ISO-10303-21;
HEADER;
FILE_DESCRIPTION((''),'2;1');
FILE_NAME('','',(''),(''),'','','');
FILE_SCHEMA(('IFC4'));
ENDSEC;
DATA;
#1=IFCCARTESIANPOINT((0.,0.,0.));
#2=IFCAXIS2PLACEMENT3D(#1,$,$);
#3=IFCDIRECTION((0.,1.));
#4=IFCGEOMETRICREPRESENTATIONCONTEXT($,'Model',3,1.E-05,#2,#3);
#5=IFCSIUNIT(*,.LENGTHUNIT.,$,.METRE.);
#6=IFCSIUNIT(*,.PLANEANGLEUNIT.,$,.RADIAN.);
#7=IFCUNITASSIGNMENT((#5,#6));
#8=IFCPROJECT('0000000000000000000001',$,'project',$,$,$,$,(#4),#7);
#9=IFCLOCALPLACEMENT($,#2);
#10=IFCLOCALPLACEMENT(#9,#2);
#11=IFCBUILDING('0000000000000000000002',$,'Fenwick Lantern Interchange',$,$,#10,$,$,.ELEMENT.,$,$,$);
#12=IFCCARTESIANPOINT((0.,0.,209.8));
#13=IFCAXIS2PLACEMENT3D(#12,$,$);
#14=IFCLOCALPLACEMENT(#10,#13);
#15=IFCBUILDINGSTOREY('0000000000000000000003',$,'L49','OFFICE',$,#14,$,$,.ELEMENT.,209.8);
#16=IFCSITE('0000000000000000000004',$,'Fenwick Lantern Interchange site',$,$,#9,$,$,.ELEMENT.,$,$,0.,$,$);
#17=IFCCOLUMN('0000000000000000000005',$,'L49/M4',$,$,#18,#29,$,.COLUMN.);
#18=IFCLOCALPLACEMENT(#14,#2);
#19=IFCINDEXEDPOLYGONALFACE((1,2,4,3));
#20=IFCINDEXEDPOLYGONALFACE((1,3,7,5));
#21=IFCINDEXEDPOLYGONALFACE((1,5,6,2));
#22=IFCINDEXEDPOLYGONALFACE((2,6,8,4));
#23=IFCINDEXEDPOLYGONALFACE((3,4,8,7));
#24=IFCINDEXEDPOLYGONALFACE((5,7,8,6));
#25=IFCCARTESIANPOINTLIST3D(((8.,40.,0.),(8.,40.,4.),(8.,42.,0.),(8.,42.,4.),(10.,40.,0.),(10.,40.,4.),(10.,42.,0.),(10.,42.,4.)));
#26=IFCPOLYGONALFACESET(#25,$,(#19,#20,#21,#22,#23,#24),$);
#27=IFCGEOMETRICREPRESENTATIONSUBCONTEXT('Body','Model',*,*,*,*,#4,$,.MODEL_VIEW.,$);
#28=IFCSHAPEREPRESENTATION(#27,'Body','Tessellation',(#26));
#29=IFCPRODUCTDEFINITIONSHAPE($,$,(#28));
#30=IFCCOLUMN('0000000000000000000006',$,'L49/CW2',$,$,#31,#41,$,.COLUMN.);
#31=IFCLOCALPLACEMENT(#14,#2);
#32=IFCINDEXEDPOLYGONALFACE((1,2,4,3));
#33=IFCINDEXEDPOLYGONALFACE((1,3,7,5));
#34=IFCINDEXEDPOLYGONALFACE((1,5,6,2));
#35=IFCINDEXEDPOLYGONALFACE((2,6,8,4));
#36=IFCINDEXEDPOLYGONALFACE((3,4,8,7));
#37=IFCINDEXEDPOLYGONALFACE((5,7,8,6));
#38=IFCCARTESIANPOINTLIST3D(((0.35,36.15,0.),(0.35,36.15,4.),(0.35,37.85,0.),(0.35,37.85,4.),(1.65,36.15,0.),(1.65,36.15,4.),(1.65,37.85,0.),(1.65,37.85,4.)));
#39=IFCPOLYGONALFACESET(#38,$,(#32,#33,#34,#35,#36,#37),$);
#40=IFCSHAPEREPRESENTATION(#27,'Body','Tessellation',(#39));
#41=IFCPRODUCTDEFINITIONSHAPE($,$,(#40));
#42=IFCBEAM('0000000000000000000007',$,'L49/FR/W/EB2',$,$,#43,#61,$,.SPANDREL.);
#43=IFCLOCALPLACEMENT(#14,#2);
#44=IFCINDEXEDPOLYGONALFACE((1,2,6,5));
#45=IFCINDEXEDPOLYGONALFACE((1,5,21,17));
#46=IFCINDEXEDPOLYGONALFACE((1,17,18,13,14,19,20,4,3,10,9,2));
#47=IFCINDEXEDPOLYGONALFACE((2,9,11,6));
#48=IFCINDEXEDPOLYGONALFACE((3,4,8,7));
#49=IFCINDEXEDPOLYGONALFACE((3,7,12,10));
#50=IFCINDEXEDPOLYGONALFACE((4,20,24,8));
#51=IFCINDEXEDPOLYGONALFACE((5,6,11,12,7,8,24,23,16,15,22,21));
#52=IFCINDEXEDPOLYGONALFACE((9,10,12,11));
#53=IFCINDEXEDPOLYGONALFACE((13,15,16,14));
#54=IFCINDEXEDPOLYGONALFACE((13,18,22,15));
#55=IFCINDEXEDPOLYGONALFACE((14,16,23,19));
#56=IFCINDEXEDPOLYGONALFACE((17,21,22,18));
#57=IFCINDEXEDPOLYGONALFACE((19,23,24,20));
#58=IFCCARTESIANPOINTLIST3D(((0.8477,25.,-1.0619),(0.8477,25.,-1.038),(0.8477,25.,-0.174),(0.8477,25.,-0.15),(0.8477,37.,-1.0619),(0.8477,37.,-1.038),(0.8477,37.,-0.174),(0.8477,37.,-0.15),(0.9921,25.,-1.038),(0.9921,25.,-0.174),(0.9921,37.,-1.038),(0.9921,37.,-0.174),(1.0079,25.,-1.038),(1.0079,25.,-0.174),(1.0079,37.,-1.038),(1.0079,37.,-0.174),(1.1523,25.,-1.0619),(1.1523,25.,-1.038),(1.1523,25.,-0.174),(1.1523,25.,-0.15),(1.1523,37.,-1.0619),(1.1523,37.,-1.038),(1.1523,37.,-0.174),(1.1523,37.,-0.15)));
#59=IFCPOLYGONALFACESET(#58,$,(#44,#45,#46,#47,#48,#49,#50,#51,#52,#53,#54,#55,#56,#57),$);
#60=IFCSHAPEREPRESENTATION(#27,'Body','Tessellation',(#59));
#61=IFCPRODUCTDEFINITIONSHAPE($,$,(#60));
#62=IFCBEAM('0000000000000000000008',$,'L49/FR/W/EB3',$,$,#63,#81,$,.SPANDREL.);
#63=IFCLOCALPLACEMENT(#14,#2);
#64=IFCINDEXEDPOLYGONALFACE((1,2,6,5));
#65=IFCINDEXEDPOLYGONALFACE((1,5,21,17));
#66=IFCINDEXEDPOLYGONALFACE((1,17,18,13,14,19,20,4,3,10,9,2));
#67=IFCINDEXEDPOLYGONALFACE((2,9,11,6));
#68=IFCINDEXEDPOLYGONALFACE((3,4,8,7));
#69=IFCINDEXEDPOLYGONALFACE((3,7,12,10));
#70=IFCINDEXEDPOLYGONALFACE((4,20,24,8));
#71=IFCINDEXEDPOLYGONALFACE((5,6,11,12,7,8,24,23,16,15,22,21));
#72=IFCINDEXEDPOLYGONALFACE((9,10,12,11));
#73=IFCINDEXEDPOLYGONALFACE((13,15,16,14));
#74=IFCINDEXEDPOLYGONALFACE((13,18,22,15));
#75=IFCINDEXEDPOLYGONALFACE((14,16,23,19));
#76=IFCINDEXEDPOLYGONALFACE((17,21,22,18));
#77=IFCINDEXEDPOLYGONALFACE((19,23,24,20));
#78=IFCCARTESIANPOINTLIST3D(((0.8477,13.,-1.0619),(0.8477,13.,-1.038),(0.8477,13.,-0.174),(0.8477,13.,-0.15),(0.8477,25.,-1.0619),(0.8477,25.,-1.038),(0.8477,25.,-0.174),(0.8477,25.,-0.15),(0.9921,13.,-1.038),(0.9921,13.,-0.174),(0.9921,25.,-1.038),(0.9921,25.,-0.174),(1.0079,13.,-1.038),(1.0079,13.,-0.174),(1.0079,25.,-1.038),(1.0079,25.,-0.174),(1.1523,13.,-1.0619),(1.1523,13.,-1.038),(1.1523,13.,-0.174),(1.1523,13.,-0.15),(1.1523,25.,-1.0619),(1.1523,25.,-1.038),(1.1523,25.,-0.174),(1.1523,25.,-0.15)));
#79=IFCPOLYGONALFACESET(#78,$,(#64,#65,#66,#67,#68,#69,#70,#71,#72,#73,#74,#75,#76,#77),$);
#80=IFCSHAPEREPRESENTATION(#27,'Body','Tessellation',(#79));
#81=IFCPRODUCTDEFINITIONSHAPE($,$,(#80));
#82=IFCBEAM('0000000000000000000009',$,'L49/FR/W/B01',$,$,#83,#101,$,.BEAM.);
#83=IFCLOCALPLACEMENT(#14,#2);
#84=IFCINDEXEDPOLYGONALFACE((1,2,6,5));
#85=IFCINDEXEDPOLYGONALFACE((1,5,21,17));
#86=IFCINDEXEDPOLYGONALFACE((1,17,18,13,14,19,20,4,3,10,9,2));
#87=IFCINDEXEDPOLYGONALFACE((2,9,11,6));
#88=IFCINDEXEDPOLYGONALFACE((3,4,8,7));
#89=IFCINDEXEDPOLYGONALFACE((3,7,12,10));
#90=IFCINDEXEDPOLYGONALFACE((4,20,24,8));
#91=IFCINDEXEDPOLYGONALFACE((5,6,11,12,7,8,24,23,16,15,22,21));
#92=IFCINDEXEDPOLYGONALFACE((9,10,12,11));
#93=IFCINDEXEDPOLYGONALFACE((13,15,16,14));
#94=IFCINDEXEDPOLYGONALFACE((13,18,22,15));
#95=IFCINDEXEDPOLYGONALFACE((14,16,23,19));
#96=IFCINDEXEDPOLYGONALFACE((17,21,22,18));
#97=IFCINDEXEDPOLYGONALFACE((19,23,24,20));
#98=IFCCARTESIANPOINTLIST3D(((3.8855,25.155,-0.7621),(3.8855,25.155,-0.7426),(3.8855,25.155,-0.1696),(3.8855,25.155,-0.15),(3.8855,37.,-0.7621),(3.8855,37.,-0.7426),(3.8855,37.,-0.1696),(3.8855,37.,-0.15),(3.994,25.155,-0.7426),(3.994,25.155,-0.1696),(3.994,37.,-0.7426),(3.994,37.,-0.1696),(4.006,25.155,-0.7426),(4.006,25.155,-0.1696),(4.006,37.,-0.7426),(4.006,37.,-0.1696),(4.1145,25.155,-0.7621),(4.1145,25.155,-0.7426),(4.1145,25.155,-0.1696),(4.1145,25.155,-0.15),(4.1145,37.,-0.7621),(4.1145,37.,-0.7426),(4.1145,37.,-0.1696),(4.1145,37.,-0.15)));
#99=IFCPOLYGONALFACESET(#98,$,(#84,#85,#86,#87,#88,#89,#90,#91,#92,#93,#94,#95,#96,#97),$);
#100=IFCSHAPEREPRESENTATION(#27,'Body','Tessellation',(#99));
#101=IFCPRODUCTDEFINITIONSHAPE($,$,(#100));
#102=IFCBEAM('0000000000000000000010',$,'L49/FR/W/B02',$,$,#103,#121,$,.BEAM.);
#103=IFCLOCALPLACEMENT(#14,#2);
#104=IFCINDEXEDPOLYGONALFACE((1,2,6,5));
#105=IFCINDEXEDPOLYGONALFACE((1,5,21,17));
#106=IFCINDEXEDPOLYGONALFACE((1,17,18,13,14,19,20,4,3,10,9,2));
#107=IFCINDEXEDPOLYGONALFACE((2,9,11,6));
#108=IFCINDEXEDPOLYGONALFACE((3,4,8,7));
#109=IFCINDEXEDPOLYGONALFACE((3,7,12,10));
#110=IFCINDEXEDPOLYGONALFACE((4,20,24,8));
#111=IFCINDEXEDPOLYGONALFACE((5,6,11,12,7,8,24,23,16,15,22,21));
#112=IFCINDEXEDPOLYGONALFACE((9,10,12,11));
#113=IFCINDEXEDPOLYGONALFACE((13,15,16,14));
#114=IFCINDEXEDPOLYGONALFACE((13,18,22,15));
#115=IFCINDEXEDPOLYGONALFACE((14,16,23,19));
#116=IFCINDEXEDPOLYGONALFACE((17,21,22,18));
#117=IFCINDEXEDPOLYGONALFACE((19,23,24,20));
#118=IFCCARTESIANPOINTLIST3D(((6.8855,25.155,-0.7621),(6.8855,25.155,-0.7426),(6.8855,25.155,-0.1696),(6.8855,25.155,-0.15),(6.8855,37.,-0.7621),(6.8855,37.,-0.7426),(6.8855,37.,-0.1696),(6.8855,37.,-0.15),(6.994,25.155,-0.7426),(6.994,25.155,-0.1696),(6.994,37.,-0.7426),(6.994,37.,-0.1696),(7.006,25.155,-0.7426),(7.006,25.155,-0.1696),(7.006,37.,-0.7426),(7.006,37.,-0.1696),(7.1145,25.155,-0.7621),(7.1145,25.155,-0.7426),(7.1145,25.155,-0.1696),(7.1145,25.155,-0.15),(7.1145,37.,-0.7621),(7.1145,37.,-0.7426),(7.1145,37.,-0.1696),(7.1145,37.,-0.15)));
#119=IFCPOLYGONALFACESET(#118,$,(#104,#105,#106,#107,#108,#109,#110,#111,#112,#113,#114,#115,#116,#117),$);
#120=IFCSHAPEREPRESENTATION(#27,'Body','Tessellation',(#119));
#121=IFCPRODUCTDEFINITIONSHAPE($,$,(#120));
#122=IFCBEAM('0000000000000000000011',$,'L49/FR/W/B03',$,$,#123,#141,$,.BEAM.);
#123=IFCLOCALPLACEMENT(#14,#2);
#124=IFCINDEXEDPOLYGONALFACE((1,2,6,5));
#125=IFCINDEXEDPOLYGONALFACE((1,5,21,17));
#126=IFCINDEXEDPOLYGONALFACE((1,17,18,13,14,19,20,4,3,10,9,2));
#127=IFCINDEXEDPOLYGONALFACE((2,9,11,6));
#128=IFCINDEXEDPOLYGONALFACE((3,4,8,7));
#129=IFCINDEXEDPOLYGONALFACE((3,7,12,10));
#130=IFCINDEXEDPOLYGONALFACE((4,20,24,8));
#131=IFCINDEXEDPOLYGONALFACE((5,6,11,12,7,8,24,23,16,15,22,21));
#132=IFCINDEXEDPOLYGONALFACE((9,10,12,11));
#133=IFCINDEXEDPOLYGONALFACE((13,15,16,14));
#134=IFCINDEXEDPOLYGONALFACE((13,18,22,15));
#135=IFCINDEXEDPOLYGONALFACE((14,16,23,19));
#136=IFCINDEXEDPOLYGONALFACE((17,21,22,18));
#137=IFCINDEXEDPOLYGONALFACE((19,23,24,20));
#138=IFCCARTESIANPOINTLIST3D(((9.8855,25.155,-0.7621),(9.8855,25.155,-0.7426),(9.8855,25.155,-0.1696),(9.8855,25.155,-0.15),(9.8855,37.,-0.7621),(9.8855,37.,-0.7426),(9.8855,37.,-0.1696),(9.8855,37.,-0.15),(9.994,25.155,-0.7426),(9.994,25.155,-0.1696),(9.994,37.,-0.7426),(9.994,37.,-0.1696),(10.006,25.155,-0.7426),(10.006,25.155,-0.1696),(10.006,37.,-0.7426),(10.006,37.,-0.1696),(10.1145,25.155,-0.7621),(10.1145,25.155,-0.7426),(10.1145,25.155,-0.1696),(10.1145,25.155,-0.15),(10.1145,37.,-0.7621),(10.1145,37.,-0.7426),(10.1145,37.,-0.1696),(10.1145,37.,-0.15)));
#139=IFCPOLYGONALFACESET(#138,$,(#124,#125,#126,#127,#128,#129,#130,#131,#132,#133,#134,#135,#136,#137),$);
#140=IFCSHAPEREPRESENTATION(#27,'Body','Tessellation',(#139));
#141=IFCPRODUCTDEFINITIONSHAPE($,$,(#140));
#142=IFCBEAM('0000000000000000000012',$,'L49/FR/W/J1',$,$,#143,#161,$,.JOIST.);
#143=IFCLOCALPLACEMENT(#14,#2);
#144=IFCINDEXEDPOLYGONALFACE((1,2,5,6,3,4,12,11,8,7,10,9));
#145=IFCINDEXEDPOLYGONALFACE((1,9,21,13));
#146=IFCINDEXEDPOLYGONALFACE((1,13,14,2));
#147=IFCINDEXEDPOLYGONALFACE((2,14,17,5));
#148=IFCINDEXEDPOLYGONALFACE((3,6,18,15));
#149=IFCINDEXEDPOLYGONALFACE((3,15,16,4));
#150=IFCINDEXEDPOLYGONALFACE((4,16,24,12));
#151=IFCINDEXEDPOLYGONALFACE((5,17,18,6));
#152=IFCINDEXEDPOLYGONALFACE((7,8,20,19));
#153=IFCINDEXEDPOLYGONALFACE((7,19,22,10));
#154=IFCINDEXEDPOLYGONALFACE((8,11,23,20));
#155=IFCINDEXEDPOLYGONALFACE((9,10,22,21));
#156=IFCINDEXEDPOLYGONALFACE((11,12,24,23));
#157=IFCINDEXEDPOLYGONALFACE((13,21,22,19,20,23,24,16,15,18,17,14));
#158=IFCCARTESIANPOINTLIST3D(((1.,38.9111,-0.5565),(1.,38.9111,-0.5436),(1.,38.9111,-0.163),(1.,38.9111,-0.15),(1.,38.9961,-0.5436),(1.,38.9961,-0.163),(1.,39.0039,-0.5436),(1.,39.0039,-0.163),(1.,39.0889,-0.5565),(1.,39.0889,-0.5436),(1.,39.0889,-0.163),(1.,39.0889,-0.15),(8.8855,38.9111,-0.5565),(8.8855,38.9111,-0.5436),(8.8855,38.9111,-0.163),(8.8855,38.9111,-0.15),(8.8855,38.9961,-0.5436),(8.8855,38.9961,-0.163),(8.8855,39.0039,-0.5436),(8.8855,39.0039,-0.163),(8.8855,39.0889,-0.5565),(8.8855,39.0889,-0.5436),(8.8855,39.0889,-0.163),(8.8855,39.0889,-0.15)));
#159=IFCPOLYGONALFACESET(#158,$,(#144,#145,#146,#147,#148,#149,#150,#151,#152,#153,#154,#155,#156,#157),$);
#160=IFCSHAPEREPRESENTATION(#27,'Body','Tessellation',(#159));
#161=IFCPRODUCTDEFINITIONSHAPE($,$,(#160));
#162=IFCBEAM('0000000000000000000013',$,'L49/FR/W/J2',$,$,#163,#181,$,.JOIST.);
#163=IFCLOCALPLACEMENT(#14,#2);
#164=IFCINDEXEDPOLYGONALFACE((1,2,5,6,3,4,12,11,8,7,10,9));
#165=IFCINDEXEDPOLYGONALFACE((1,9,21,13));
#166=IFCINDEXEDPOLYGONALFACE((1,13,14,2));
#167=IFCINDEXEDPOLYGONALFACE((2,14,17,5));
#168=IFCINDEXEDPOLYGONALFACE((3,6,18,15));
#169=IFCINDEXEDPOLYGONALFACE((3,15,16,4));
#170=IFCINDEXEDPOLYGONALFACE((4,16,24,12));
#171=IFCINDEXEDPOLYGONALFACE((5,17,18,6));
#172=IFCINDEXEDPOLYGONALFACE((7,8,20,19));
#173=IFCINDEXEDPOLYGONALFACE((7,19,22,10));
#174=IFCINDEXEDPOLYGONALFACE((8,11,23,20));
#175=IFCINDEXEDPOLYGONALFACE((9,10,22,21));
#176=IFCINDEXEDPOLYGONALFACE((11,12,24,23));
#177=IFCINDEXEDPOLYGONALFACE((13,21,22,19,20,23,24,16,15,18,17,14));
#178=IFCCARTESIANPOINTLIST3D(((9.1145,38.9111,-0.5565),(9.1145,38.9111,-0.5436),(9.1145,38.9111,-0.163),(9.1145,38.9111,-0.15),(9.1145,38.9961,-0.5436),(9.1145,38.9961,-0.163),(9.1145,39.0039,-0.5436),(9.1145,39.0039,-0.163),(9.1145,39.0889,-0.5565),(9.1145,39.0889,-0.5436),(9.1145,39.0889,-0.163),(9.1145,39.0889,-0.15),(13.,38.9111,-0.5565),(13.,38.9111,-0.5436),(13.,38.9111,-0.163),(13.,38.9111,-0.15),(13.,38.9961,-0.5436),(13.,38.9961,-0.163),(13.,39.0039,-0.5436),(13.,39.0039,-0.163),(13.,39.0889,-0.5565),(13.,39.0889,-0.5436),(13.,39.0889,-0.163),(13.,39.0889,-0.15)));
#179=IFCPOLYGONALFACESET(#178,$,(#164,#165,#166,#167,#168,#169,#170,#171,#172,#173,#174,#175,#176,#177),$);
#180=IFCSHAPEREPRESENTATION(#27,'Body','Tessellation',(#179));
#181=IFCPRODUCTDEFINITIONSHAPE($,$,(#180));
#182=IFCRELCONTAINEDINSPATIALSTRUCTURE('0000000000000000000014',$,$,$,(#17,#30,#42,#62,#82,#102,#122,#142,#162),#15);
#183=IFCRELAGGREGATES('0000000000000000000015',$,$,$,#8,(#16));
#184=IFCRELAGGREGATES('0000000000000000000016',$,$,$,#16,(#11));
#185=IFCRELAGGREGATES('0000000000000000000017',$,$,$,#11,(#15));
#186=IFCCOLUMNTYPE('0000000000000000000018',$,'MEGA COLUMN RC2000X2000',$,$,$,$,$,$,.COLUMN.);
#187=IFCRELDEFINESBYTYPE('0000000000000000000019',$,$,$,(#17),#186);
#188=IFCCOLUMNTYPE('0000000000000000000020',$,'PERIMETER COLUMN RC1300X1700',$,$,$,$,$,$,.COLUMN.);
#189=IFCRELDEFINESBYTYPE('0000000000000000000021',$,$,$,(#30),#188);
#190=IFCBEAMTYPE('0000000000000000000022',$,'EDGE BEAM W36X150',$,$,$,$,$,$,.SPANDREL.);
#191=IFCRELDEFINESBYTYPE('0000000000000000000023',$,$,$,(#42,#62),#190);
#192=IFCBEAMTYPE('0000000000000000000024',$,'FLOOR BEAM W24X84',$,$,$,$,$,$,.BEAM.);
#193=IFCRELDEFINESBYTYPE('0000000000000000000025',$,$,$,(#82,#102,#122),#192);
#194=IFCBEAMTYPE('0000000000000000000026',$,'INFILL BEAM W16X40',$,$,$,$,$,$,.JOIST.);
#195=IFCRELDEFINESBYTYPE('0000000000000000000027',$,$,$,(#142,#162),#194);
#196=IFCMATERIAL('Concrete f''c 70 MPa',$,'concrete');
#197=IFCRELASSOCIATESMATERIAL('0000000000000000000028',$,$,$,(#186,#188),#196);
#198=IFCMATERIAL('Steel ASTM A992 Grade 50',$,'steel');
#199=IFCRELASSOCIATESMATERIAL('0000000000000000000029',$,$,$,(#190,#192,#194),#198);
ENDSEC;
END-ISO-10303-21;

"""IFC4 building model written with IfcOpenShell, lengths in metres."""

from ifc_helpers import new_model, si_unit, direction, frame, origin, origin_2d, place, context, subcontext, project, spatial, rectangle, i_section, extrude, material, material_profile, profile_set, type_object, element, save


model = new_model("IFC4")

# Units and contexts
model_context = context("Model", 3, precision=1e-05, world=origin(), true_north=direction((0.0, 1.0)))
body_context = subcontext(model_context, "Body", "Model", "MODEL_VIEW")
ifc_project = project(units=[si_unit("LENGTHUNIT", "METRE"), si_unit("PLANEANGLEUNIT", "RADIAN")], contexts=[model_context])

# Site, building, storey
site_placement = place(None, origin())
site = spatial("IfcSite", under=ifc_project, at=site_placement, Name="Fenwick Lantern Interchange site", CompositionType="ELEMENT", RefElevation=0.0)
building_placement = place(site_placement, origin())
building = spatial("IfcBuilding", under=site, at=building_placement, Name="Fenwick Lantern Interchange", CompositionType="ELEMENT")
storey_placement = place(building_placement, frame((0.0, 0.0, 209.8)))
storey = spatial("IfcBuildingStorey", under=building, at=storey_placement, Name="L49", Description="OFFICE", CompositionType="ELEMENT", Elevation=209.8)

# Columns
ifc_material_1 = material(Name="Concrete f'c 70 MPa", Category="concrete")
ifc_material_profile_1 = material_profile(ifc_material_1, rectangle(XDim=2.0, YDim=2.0, at=origin_2d()), Name="RC2000X2000")
ifc_profile_set_1 = profile_set([ifc_material_profile_1], Name="Concrete f'c 70 MPa")
column_type_1 = type_object("IfcColumnType", Name="MEGA COLUMN RC2000X2000", PredefinedType="COLUMN", material=ifc_profile_set_1)
column_1_placement = place(storey_placement, frame((9.0, 41.0, 0.0), z_axis=(0.0, 0.0, 1.0), x_axis=(1.0, 0.0, 0.0)))
element("IfcColumn", 1, at=column_1_placement, inside=storey, type_object=column_type_1, Name="L49/M4", PredefinedType="COLUMN", context=body_context, shape_type="SweptSolid", body=[
    extrude(rectangle(XDim=2.0, YDim=2.0, at=origin_2d()), origin(), (0.0, 0.0, 1.0), 4.0),
])
ifc_material_profile_2 = material_profile(ifc_material_1, rectangle(XDim=1.3, YDim=1.7, at=origin_2d()), Name="RC1300X1700")
ifc_profile_set_2 = profile_set([ifc_material_profile_2], Name="Concrete f'c 70 MPa")
column_type_2 = type_object("IfcColumnType", Name="PERIMETER COLUMN RC1300X1700", PredefinedType="COLUMN", material=ifc_profile_set_2)
column_2_placement = place(storey_placement, frame((1.0, 37.0, 0.0), z_axis=(0.0, 0.0, 1.0), x_axis=(1.0, 0.0, 0.0)))
element("IfcColumn", 2, at=column_2_placement, inside=storey, type_object=column_type_2, Name="L49/CW2", PredefinedType="COLUMN", context=body_context, shape_type="SweptSolid", body=[
    extrude(rectangle(XDim=1.3, YDim=1.7, at=origin_2d()), origin(), (0.0, 0.0, 1.0), 4.0),
])

# Beams
ifc_material_2 = material(Name="Steel ASTM A992 Grade 50", Category="steel")
ifc_material_profile_3 = material_profile(ifc_material_2, i_section(OverallWidth=0.3047, OverallDepth=0.9119, WebThickness=0.0159, FlangeThickness=0.0239, at=origin_2d()), Name="W36X150")
ifc_profile_set_3 = profile_set([ifc_material_profile_3], Name="Steel ASTM A992 Grade 50")
beam_type_1 = type_object("IfcBeamType", Name="EDGE BEAM W36X150", PredefinedType="SPANDREL", material=ifc_profile_set_3)
for number, where, z_axis, x_axis, name in (
    (3, (1.0, 37.0, -0.606), (0.0, -1.0, 0.0), (1.0, 0.0, 0.0), "L49/FR/W/EB2"),
    (4, (1.0, 25.0, -0.606), (0.0, -1.0, 0.0), (1.0, 0.0, 0.0), "L49/FR/W/EB3"),
):
    element("IfcBeam", number, at=place(storey_placement, frame(where, z_axis=z_axis, x_axis=x_axis)), inside=storey, type_object=beam_type_1, Name=name, PredefinedType="SPANDREL", context=body_context, shape_type="SweptSolid", body=[
        extrude(i_section(OverallWidth=0.3047, OverallDepth=0.9119, WebThickness=0.0159, FlangeThickness=0.0239, at=origin_2d()), origin(), (0.0, 0.0, 1.0), 12.0),
    ])
ifc_material_profile_4 = material_profile(ifc_material_2, i_section(OverallWidth=0.229, OverallDepth=0.6121, WebThickness=0.012, FlangeThickness=0.0195, at=origin_2d()), Name="W24X84")
ifc_profile_set_4 = profile_set([ifc_material_profile_4], Name="Steel ASTM A992 Grade 50")
beam_type_2 = type_object("IfcBeamType", Name="FLOOR BEAM W24X84", PredefinedType="BEAM", material=ifc_profile_set_4)
for number, where, z_axis, x_axis, name in (
    (5, (4.0, 37.0, -0.4561), (0.0, -1.0, 0.0), (1.0, 0.0, 0.0), "L49/FR/W/B01"),
    (6, (7.0, 37.0, -0.4561), (0.0, -1.0, 0.0), (1.0, 0.0, 0.0), "L49/FR/W/B02"),
    (7, (10.0, 37.0, -0.4561), (0.0, -1.0, 0.0), (1.0, 0.0, 0.0), "L49/FR/W/B03"),
):
    element("IfcBeam", number, at=place(storey_placement, frame(where, z_axis=z_axis, x_axis=x_axis)), inside=storey, type_object=beam_type_2, Name=name, PredefinedType="BEAM", context=body_context, shape_type="SweptSolid", body=[
        extrude(i_section(OverallWidth=0.229, OverallDepth=0.6121, WebThickness=0.012, FlangeThickness=0.0195, at=origin_2d()), origin(), (0.0, 0.0, 1.0), 11.845),
    ])
ifc_material_profile_5 = material_profile(ifc_material_2, i_section(OverallWidth=0.1777, OverallDepth=0.4065, WebThickness=0.0078, FlangeThickness=0.0129, at=origin_2d()), Name="W16X40")
ifc_profile_set_5 = profile_set([ifc_material_profile_5], Name="Steel ASTM A992 Grade 50")
beam_type_3 = type_object("IfcBeamType", Name="INFILL BEAM W16X40", PredefinedType="JOIST", material=ifc_profile_set_5)
beam_1_placement = place(storey_placement, frame((1.0, 39.0, -0.3533), z_axis=(1.0, 0.0, 0.0), x_axis=(0.0, 1.0, 0.0)))
element("IfcBeam", 8, at=beam_1_placement, inside=storey, type_object=beam_type_3, Name="L49/FR/W/J1", PredefinedType="JOIST", context=body_context, shape_type="SweptSolid", body=[
    extrude(i_section(OverallWidth=0.1777, OverallDepth=0.4065, WebThickness=0.0078, FlangeThickness=0.0129, at=origin_2d()), origin(), (0.0, 0.0, 1.0), 7.8855),
])
beam_2_placement = place(storey_placement, frame((9.1145, 39.0, -0.3533), z_axis=(1.0, 0.0, 0.0), x_axis=(0.0, 1.0, 0.0)))
element("IfcBeam", 9, at=beam_2_placement, inside=storey, type_object=beam_type_3, Name="L49/FR/W/J2", PredefinedType="JOIST", context=body_context, shape_type="SweptSolid", body=[
    extrude(i_section(OverallWidth=0.1777, OverallDepth=0.4065, WebThickness=0.0078, FlangeThickness=0.0129, at=origin_2d()), origin(), (0.0, 0.0, 1.0), 3.8855),
])

save(model, "model.ifc")
